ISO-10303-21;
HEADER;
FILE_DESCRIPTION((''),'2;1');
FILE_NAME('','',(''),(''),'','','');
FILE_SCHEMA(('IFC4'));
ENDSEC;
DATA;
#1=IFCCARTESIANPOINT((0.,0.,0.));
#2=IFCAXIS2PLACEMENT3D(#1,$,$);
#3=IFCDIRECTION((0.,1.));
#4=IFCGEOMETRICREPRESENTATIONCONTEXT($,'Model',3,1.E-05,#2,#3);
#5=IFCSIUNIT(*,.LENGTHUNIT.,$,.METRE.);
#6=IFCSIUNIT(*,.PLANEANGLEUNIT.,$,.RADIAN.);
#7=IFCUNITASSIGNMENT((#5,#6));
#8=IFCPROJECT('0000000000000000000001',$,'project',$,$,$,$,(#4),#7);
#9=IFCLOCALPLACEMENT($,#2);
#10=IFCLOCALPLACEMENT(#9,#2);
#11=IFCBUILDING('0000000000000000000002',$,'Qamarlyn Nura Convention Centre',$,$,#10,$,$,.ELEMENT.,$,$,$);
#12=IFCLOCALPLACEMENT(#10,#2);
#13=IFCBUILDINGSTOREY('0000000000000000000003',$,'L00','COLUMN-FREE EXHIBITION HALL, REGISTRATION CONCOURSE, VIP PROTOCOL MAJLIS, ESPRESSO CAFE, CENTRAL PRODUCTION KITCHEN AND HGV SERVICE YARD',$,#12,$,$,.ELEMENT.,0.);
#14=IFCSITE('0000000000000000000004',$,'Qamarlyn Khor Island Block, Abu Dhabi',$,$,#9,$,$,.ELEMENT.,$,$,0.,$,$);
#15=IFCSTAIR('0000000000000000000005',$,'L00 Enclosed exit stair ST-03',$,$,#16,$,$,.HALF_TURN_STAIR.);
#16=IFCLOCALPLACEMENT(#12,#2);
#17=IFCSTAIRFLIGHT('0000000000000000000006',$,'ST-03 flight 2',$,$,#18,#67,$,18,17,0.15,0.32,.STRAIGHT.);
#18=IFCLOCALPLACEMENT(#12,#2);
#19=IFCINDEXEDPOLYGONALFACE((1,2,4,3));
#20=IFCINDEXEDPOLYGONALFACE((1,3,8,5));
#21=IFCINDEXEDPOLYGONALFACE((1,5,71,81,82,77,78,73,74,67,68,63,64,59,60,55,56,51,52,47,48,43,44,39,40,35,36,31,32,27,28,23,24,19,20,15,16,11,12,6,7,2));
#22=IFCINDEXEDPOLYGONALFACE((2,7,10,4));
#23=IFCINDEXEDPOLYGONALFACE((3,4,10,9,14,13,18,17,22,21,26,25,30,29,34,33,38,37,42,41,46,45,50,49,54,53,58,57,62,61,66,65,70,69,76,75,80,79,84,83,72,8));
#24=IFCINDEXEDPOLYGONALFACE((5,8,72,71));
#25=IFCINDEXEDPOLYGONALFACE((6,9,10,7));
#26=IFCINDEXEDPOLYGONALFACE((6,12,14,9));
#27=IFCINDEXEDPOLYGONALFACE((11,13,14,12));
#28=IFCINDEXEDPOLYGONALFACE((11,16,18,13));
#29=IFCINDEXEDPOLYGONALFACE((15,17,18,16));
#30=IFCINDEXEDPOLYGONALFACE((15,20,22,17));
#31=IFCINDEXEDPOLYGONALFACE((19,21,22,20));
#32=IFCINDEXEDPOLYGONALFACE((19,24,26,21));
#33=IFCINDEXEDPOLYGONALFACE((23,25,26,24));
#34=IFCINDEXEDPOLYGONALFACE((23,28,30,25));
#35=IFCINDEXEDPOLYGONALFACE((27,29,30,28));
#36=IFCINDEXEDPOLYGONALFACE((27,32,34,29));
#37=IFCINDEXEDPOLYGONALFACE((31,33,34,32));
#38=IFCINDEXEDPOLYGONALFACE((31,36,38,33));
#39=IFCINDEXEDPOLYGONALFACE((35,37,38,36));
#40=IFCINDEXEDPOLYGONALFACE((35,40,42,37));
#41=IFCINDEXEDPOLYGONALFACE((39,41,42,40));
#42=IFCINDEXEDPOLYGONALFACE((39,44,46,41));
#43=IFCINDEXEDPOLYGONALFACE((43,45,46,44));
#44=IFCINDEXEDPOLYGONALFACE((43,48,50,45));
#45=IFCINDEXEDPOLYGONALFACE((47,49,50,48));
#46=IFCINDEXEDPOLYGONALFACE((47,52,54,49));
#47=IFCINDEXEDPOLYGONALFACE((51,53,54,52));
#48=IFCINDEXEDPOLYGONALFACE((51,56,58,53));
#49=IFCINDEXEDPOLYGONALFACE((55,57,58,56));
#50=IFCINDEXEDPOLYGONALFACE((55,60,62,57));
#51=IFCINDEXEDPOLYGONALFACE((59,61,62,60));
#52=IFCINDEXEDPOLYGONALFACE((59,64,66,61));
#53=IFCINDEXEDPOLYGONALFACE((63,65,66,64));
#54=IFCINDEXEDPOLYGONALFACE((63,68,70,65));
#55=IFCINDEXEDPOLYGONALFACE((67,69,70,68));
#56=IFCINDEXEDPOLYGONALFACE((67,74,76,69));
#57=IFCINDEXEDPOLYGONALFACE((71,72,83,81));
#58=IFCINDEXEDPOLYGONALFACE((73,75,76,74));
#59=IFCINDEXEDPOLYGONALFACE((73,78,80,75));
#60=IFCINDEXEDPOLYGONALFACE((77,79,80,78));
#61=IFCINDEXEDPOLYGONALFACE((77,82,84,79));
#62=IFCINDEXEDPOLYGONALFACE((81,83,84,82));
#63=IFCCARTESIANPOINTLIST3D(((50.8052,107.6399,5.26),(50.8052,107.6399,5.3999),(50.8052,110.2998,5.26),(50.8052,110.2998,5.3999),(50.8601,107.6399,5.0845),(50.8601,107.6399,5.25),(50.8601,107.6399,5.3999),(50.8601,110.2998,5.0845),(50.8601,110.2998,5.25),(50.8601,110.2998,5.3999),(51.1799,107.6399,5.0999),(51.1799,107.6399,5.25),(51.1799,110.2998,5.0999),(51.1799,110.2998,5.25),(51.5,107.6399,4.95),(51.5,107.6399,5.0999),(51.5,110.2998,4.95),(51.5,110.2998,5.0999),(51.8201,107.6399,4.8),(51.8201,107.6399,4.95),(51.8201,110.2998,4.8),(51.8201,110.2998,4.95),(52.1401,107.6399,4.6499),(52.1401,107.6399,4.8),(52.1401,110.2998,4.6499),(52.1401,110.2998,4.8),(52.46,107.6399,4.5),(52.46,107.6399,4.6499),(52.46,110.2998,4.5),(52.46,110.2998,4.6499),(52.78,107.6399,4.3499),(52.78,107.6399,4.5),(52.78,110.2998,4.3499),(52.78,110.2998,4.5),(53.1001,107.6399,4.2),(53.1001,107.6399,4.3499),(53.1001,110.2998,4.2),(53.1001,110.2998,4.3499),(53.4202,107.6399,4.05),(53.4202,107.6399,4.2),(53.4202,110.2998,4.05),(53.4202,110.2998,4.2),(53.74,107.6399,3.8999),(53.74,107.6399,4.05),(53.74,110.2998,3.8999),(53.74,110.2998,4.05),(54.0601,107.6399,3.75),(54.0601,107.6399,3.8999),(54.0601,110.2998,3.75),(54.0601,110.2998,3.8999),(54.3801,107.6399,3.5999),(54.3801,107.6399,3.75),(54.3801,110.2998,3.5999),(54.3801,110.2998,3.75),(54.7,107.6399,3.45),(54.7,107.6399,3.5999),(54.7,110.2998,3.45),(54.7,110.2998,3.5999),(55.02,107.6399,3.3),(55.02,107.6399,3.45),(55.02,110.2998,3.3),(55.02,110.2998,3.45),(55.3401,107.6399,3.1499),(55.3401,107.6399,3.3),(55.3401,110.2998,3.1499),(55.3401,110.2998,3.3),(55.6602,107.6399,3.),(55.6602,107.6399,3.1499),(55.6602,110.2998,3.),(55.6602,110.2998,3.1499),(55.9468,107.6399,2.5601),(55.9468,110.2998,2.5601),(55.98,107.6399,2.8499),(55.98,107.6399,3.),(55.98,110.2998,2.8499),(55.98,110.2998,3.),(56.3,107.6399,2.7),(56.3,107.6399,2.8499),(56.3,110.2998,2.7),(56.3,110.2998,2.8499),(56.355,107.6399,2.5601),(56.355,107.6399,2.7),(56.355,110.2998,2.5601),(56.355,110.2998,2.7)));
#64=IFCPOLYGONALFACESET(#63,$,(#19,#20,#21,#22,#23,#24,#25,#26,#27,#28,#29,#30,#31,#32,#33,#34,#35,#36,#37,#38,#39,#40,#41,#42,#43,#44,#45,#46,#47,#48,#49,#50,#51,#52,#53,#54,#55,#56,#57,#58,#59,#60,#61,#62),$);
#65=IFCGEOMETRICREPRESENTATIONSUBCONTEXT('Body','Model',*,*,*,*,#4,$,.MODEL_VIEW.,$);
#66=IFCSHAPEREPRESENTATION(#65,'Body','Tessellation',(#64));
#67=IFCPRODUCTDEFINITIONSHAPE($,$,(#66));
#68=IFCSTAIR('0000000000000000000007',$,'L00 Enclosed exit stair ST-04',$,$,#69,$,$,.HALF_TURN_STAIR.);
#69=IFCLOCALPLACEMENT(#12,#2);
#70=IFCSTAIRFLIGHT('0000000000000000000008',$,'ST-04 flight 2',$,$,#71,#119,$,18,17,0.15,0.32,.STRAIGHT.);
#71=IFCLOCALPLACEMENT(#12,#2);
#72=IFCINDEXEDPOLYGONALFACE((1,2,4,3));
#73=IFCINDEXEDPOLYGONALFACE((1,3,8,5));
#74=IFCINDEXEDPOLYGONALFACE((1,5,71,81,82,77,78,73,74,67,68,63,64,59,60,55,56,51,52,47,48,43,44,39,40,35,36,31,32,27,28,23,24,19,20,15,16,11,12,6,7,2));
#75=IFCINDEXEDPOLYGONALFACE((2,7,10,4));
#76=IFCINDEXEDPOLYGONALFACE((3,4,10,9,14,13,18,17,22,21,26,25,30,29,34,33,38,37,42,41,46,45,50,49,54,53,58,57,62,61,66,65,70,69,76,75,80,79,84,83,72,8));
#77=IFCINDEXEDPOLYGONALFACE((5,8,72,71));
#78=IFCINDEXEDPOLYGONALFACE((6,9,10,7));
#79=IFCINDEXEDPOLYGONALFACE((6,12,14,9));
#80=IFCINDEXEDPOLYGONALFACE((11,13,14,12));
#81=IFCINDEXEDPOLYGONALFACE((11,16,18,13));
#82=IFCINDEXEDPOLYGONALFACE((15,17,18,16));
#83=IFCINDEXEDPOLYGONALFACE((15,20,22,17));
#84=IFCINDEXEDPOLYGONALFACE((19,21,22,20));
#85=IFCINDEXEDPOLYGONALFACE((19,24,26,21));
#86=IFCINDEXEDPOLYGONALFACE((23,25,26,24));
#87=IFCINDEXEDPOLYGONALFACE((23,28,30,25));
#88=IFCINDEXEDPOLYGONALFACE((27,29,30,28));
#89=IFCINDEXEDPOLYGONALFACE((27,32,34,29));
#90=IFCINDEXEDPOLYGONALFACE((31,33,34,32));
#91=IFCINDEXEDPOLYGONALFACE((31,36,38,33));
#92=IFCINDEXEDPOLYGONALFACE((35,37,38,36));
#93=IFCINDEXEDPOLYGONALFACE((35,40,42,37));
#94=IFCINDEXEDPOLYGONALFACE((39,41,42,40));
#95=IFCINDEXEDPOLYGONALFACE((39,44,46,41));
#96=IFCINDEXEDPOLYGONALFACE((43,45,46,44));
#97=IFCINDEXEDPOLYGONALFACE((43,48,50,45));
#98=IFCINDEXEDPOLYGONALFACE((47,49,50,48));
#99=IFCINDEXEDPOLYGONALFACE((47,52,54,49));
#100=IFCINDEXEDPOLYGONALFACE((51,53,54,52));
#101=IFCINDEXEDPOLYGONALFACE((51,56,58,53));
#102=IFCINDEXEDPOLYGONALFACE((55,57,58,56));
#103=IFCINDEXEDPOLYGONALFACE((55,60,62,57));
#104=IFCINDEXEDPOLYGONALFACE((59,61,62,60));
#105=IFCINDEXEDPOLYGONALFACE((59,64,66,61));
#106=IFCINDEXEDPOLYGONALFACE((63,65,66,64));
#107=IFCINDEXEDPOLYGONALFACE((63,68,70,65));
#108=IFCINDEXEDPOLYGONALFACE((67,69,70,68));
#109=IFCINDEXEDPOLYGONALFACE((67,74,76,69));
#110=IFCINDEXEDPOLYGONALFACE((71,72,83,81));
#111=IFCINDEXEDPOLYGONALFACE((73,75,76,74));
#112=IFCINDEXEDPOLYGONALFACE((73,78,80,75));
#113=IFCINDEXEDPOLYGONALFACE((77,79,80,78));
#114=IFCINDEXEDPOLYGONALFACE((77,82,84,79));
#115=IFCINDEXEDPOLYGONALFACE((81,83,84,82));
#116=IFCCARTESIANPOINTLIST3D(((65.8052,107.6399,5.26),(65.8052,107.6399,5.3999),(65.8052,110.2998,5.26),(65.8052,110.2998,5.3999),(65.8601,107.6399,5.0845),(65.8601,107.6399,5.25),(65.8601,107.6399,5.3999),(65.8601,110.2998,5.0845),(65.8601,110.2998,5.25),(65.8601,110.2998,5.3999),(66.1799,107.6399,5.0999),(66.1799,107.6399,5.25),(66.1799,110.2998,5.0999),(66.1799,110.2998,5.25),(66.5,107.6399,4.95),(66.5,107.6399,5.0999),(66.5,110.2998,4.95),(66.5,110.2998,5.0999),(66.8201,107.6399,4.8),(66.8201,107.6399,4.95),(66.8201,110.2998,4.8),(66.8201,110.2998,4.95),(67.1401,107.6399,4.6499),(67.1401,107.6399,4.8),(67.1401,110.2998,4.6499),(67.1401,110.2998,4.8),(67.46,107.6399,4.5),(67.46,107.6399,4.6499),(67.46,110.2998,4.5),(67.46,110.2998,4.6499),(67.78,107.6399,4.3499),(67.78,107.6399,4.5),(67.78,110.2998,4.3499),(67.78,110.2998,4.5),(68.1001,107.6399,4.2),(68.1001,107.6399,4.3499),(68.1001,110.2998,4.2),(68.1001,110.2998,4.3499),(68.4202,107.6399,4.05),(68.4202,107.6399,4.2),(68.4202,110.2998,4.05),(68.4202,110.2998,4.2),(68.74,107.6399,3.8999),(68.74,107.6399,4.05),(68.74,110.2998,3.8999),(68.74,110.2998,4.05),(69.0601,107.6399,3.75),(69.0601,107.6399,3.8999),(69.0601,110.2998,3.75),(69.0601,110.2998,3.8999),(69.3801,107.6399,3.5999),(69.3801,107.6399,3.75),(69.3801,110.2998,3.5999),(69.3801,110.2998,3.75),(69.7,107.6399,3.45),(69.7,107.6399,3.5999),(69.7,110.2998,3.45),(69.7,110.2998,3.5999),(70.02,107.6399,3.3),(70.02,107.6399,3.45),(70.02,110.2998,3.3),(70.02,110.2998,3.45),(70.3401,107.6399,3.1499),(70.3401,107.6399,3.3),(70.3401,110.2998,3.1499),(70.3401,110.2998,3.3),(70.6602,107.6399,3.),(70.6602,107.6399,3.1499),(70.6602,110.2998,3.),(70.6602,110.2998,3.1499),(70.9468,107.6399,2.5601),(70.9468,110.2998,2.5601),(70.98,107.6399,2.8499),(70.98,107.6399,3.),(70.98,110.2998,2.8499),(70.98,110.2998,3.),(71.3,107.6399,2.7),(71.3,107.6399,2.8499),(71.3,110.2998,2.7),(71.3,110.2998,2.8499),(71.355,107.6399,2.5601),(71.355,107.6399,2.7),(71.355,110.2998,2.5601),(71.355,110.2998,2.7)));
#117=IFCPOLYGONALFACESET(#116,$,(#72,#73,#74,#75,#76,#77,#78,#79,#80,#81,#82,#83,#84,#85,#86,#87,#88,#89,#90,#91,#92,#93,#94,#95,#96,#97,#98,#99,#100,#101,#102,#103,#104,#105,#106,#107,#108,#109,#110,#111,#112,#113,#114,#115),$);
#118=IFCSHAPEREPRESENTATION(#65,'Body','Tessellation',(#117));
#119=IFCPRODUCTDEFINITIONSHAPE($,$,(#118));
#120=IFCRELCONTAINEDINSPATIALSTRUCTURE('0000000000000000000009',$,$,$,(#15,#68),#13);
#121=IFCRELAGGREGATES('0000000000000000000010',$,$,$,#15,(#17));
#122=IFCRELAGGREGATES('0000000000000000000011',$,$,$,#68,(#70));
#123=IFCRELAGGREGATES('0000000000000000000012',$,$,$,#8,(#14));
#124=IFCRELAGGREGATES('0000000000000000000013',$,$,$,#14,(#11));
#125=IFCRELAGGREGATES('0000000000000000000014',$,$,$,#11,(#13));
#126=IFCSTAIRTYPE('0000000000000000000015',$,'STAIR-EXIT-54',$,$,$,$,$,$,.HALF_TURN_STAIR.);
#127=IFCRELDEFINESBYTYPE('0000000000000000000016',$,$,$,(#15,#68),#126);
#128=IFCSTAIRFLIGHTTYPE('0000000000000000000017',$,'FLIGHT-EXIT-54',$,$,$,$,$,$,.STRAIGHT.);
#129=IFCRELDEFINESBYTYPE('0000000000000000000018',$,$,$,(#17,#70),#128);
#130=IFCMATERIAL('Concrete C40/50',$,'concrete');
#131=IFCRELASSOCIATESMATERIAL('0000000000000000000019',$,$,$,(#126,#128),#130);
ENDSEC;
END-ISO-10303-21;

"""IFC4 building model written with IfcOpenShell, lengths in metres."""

from ifc_helpers import new_model, si_unit, direction, frame, origin, place, context, subcontext, project, spatial, polyline, outline, extrude, material, type_object, element, aggregate, save


model = new_model("IFC4")

# Units and contexts
model_context = context("Model", 3, precision=1e-05, world=origin(), true_north=direction((0.0, 1.0)))
body_context = subcontext(model_context, "Body", "Model", "MODEL_VIEW")
ifc_project = project(units=[si_unit("LENGTHUNIT", "METRE"), si_unit("PLANEANGLEUNIT", "RADIAN")], contexts=[model_context])

# Site, building, storey
site_placement = place(None, origin())
site = spatial("IfcSite", under=ifc_project, at=site_placement, Name="Qamarlyn Khor Island Block, Abu Dhabi", CompositionType="ELEMENT", RefElevation=0.0)
building_placement = place(site_placement, origin())
building = spatial("IfcBuilding", under=site, at=building_placement, Name="Qamarlyn Nura Convention Centre", CompositionType="ELEMENT")
storey_placement = place(building_placement, origin())
storey = spatial("IfcBuildingStorey", under=building, at=storey_placement, Name="L00", Description="COLUMN-FREE EXHIBITION HALL, REGISTRATION CONCOURSE, VIP PROTOCOL MAJLIS, ESPRESSO CAFE, CENTRAL PRODUCTION KITCHEN AND HGV SERVICE YARD", CompositionType="ELEMENT", Elevation=0.0)

# Shared definitions
ifc_material_1 = material(Name="Concrete C40/50", Category="concrete")

# Stairs, stair flights
stair_type = type_object("IfcStairType", Name="STAIR-EXIT-54", PredefinedType="HALF_TURN_STAIR", material=ifc_material_1)
stair_1_placement = place(storey_placement, origin())
stair_1 = element("IfcStair", 1, at=stair_1_placement, inside=storey, type_object=stair_type, Name="L00 Enclosed exit stair ST-03", PredefinedType="HALF_TURN_STAIR")
stair_flight_type = type_object("IfcStairFlightType", Name="FLIGHT-EXIT-54", PredefinedType="STRAIGHT", material=ifc_material_1)
stair_flight_1_placement = place(storey_placement, frame((56.3, 108.97, 2.7), z_axis=(0.0, 0.0, 1.0), x_axis=(-1.0, 0.0, 0.0)))
stair_flight_1 = element("IfcStairFlight", 2, at=stair_flight_1_placement, type_object=stair_flight_type, Name="ST-03 flight 2", NumberOfRisers=18, NumberOfTreads=17, PredefinedType="STRAIGHT", RiserHeight=0.15, TreadLength=0.32, context=body_context, shape_type="SweptSolid", body=[
    extrude(outline(polyline([(-0.0549, 0.0), (0.0, 0.0), (0.0, 0.1499), (0.3201, 0.1499), (0.3201, 0.3), (0.6399, 0.3), (0.6399, 0.45), (0.96, 0.45), (0.96, 0.6001), (1.28, 0.6001), (1.28, 0.75), (1.6001, 0.75), (1.6001, 0.8999), (1.9199, 0.8999), (1.9199, 1.05), (2.24, 1.05), (2.24, 1.2), (2.5601, 1.2), (2.5601, 1.3501), (2.8799, 1.3501), (2.8799, 1.5), (3.2, 1.5), (3.2, 1.6499), (3.52, 1.6499), (3.52, 1.8), (3.8401, 1.8), (3.8401, 1.95), (4.1599, 1.95), (4.1599, 2.1001), (4.48, 2.1001), (4.48, 2.25), (4.8, 2.25), (4.8, 2.3999), (5.1201, 2.3999), (5.1201, 2.55), (5.4399, 2.55), (5.4399, 2.7), (5.4949, 2.7), (5.4949, 2.5601), (5.4399, 2.3845), (0.3533, -0.1399), (-0.0549, -0.1399), (-0.0549, 0.0)])), frame((0.0, 1.3301, 0.0), z_axis=(0.0, -1.0, 0.0), x_axis=(1.0, 0.0, 0.0)), (0.0, 0.0, 1.0), 2.6599),
])
aggregate(stair_1, [stair_flight_1])
stair_2_placement = place(storey_placement, origin())
stair_2 = element("IfcStair", 3, at=stair_2_placement, inside=storey, type_object=stair_type, Name="L00 Enclosed exit stair ST-04", PredefinedType="HALF_TURN_STAIR")
stair_flight_2_placement = place(storey_placement, frame((71.3, 108.97, 2.7), z_axis=(0.0, 0.0, 1.0), x_axis=(-1.0, 0.0, 0.0)))
stair_flight_2 = element("IfcStairFlight", 4, at=stair_flight_2_placement, type_object=stair_flight_type, Name="ST-04 flight 2", NumberOfRisers=18, NumberOfTreads=17, PredefinedType="STRAIGHT", RiserHeight=0.15, TreadLength=0.32, context=body_context, shape_type="SweptSolid", body=[
    extrude(outline(polyline([(-0.0549, 0.0), (0.0, 0.0), (0.0, 0.1499), (0.3201, 0.1499), (0.3201, 0.3), (0.6399, 0.3), (0.6399, 0.45), (0.96, 0.45), (0.96, 0.6001), (1.28, 0.6001), (1.28, 0.75), (1.6001, 0.75), (1.6001, 0.8999), (1.9199, 0.8999), (1.9199, 1.05), (2.24, 1.05), (2.24, 1.2), (2.5601, 1.2), (2.5601, 1.3501), (2.8799, 1.3501), (2.8799, 1.5), (3.2, 1.5), (3.2, 1.6499), (3.52, 1.6499), (3.52, 1.8), (3.8401, 1.8), (3.8401, 1.95), (4.1599, 1.95), (4.1599, 2.1001), (4.48, 2.1001), (4.48, 2.25), (4.8, 2.25), (4.8, 2.3999), (5.1201, 2.3999), (5.1201, 2.55), (5.4399, 2.55), (5.4399, 2.7), (5.4949, 2.7), (5.4949, 2.5601), (5.4399, 2.3845), (0.3533, -0.1399), (-0.0549, -0.1399), (-0.0549, 0.0)])), frame((0.0, 1.3301, 0.0), z_axis=(0.0, -1.0, 0.0), x_axis=(1.0, 0.0, 0.0)), (0.0, 0.0, 1.0), 2.6599),
])
aggregate(stair_2, [stair_flight_2])

save(model, "model.ifc")
